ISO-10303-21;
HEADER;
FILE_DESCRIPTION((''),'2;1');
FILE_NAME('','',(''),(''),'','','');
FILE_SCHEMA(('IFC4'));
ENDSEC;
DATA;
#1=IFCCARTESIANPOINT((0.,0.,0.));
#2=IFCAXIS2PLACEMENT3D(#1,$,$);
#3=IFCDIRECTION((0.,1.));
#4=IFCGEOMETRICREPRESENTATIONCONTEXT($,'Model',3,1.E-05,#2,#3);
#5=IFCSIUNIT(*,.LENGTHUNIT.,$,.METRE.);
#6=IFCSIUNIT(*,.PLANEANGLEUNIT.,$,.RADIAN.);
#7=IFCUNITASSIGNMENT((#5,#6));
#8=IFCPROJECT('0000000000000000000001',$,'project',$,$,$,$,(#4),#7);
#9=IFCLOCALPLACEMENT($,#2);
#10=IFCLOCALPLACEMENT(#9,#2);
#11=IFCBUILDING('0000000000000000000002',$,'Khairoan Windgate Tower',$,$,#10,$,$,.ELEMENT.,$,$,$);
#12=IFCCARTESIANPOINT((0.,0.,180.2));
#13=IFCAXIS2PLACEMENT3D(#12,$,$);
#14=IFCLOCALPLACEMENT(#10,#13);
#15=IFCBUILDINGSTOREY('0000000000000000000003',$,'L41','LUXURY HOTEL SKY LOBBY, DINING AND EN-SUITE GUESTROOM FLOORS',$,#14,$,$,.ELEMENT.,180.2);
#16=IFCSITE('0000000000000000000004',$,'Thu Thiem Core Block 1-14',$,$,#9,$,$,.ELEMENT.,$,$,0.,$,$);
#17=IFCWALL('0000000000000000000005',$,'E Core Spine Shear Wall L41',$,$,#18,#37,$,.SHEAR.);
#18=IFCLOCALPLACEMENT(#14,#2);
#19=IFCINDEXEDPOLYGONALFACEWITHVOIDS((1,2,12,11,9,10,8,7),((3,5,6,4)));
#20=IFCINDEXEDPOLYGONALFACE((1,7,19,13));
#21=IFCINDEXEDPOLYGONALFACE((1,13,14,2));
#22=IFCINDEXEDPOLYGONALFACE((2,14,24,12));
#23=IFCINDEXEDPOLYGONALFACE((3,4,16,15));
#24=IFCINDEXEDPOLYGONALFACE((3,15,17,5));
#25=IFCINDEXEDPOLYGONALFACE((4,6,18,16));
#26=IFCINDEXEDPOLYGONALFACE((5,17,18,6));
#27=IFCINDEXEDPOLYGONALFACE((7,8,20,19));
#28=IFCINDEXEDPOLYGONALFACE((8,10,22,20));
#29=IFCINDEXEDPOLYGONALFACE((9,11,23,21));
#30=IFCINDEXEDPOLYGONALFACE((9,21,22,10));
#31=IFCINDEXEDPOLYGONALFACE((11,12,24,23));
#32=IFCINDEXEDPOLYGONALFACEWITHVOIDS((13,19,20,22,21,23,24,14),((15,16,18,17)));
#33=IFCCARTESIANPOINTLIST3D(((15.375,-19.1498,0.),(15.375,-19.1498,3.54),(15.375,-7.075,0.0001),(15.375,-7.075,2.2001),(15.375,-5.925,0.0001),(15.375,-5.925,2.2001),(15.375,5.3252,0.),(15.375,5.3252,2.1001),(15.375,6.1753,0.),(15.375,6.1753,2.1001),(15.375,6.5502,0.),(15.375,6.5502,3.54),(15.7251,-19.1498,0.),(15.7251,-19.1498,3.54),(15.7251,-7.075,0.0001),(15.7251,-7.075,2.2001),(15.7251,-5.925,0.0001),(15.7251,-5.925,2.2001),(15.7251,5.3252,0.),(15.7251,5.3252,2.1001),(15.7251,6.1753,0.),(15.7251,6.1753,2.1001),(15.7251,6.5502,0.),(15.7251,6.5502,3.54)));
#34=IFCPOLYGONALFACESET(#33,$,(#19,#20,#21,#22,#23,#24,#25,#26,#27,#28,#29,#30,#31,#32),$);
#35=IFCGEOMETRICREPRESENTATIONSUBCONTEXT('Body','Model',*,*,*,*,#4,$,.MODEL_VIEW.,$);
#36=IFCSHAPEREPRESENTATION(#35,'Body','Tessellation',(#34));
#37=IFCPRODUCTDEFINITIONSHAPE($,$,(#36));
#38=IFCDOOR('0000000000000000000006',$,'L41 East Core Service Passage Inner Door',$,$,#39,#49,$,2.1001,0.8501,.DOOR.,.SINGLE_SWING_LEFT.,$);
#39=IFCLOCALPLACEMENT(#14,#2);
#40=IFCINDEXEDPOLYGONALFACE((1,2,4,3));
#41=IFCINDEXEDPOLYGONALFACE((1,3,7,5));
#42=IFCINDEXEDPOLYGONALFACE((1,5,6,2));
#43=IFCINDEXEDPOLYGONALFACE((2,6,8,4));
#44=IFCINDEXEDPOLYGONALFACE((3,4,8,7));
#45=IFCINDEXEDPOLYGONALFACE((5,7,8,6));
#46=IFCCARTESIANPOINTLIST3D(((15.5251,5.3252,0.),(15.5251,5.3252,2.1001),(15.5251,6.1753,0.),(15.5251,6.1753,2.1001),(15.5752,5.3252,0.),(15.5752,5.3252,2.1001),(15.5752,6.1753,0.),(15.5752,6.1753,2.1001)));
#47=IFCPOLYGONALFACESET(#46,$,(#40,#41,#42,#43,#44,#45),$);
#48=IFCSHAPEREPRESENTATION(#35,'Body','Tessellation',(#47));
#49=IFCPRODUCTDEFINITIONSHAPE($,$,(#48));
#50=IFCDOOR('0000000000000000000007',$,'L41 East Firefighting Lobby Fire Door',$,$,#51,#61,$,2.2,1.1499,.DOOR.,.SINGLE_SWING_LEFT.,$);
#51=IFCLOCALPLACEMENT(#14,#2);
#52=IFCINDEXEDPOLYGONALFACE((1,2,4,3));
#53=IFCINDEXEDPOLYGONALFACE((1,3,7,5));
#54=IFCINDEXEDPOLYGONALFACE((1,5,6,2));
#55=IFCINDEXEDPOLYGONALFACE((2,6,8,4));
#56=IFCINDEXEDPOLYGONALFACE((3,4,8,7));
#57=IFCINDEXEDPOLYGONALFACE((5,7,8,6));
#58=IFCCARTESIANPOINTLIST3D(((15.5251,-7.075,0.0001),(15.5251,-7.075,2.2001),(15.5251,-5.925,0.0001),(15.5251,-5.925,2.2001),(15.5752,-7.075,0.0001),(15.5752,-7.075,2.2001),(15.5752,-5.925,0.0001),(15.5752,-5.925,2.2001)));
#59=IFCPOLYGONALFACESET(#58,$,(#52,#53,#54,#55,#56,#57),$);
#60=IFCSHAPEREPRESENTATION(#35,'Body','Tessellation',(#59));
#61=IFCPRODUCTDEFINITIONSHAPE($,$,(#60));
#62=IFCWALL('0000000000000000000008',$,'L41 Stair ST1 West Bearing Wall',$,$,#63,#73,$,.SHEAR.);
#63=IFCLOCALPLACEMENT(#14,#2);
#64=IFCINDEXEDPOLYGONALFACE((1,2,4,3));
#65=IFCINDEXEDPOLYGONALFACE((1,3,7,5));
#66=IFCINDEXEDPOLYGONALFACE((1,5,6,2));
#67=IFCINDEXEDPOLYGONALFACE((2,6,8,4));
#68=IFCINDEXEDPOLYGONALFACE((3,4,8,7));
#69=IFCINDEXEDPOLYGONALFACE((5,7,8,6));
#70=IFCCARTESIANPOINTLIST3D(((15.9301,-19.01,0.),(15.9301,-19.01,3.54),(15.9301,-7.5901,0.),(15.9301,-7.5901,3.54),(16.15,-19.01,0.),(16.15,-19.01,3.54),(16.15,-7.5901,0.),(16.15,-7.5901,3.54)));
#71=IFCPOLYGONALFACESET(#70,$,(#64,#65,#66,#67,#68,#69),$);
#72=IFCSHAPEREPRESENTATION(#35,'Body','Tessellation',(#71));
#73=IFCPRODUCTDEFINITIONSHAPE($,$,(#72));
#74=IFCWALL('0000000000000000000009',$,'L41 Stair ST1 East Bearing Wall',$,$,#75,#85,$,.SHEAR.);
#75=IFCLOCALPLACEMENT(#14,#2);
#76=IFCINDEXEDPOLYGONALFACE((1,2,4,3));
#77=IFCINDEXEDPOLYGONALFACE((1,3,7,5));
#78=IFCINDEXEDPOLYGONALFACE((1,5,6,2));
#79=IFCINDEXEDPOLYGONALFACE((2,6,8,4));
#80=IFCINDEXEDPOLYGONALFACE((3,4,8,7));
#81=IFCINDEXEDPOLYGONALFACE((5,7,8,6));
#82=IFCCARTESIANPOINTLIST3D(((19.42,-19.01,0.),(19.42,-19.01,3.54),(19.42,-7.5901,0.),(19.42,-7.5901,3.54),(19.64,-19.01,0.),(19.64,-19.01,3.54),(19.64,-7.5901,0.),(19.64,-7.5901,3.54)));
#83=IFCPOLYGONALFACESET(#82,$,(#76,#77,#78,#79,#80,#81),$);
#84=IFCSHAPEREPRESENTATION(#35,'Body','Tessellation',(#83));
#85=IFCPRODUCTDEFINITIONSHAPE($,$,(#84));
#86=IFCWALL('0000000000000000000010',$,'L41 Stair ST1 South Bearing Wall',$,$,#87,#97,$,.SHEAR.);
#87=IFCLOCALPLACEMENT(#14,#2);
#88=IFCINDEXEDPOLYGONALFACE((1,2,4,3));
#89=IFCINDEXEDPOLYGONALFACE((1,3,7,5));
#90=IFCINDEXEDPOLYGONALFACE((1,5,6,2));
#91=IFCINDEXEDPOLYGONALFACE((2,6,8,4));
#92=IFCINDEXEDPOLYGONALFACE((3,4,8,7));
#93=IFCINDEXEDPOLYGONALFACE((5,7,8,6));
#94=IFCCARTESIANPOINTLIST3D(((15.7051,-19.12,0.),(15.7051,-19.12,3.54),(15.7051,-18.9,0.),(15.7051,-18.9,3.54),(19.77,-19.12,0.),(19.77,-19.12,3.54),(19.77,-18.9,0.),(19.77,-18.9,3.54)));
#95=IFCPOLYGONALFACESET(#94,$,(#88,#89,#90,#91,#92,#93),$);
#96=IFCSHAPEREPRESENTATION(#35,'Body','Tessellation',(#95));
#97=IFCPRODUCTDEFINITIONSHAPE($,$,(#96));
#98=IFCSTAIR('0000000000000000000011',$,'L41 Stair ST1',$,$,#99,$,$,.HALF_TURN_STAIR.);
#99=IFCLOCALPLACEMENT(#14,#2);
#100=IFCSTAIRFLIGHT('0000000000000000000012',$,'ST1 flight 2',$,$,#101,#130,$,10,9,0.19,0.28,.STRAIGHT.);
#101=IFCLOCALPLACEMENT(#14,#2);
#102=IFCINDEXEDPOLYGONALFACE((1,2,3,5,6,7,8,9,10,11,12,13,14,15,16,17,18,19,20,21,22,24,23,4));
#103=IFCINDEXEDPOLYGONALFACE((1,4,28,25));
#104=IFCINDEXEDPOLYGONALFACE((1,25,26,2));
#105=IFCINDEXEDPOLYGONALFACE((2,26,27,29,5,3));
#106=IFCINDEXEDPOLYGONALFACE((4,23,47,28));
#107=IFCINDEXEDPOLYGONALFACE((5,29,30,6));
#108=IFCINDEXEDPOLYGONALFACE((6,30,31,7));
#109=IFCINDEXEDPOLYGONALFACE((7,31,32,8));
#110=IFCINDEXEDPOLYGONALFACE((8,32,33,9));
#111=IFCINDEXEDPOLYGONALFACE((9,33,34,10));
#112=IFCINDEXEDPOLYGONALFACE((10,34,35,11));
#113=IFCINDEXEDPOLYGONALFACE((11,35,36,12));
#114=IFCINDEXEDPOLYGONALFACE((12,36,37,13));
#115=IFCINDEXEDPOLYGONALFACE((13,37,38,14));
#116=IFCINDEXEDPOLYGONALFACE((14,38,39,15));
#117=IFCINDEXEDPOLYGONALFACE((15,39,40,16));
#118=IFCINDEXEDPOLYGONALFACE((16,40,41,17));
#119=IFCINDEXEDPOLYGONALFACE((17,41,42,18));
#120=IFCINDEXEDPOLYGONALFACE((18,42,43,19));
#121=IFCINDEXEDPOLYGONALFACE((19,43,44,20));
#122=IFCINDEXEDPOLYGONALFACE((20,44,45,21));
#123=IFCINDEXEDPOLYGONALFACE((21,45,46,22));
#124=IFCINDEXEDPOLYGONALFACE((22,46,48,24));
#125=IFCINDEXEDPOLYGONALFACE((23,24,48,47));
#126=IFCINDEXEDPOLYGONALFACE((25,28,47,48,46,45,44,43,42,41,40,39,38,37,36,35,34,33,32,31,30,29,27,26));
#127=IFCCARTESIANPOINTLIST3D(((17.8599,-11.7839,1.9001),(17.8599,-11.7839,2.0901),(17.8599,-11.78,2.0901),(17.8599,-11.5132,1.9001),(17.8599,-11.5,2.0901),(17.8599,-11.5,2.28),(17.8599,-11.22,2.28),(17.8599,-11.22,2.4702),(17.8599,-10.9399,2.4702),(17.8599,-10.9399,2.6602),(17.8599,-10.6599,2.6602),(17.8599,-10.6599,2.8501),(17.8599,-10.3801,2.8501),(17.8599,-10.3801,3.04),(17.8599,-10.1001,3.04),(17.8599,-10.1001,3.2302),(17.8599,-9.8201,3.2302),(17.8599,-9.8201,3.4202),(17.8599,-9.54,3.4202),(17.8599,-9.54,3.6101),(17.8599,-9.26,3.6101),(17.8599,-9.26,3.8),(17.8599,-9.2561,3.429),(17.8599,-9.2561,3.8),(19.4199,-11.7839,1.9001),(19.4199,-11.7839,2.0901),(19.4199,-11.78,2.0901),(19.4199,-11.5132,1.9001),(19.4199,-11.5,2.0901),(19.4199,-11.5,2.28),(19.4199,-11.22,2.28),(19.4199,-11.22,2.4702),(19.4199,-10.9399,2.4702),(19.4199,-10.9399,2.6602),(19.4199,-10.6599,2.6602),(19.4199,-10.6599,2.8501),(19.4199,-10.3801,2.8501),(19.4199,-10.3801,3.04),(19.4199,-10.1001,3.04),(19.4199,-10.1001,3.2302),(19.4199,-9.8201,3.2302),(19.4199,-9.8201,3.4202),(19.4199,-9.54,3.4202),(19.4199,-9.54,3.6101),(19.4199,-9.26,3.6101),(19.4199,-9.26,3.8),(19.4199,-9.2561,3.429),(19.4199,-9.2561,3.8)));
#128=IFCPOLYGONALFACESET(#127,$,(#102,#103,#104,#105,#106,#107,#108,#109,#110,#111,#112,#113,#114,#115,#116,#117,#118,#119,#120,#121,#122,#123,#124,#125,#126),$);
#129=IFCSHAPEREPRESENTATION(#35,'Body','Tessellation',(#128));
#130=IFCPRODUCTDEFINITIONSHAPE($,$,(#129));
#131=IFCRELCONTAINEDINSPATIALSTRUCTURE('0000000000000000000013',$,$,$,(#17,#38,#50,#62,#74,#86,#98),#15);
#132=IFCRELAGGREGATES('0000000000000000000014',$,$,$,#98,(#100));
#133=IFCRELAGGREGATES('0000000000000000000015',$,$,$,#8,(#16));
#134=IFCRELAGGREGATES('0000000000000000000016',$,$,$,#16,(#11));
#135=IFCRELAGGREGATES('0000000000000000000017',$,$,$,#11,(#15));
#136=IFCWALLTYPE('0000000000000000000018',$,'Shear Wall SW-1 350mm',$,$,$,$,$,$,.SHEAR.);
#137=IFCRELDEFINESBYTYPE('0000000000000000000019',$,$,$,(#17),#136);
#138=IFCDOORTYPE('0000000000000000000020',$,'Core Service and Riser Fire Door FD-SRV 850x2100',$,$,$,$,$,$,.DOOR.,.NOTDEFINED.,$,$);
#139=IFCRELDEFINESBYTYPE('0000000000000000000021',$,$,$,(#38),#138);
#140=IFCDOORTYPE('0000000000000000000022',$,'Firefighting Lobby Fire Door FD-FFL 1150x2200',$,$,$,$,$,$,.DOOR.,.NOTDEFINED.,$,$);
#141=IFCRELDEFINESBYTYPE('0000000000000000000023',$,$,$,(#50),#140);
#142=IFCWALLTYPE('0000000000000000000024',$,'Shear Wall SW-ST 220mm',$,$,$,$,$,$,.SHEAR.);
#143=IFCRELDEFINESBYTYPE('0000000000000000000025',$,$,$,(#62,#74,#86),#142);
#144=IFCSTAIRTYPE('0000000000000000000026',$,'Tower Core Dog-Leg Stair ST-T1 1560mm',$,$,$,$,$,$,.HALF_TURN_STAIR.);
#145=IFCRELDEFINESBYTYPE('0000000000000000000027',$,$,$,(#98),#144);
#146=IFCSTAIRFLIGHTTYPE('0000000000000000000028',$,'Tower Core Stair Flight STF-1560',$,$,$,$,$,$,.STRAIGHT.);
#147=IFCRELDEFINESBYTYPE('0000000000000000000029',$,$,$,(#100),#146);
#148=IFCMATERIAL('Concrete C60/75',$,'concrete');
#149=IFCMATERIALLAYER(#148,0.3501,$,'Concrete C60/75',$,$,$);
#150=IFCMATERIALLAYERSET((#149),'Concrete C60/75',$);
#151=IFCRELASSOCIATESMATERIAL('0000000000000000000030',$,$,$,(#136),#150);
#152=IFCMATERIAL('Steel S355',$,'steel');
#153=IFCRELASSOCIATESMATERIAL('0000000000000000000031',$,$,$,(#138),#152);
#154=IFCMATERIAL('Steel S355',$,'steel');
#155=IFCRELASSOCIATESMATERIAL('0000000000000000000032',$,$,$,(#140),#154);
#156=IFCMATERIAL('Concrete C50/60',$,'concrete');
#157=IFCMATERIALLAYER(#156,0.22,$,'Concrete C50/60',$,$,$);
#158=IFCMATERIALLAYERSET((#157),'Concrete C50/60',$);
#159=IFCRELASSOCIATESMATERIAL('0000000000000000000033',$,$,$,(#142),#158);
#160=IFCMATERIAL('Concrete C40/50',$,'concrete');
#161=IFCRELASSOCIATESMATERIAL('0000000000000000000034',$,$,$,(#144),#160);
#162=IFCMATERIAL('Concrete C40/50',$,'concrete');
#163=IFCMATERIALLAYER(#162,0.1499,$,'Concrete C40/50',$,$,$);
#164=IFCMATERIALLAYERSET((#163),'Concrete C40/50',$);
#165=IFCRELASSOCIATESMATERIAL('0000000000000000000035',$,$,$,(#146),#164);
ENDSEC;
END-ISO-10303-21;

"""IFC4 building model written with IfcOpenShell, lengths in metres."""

from ifc_helpers import new_model, si_unit, direction, frame, frame_2d, origin, place, context, subcontext, project, spatial, polyline, rectangle, outline, extrude, material, layer, layer_set, type_object, element, fill, aggregate, save


model = new_model("IFC4")

# Units and contexts
model_context = context("Model", 3, precision=1e-05, world=origin(), true_north=direction((0.0, 1.0)))
body_context = subcontext(model_context, "Body", "Model", "MODEL_VIEW")
ifc_project = project(units=[si_unit("LENGTHUNIT", "METRE"), si_unit("PLANEANGLEUNIT", "RADIAN")], contexts=[model_context])

# Site, building, storey
site_placement = place(None, origin())
site = spatial("IfcSite", under=ifc_project, at=site_placement, Name="Thu Thiem Core Block 1-14", CompositionType="ELEMENT", RefElevation=0.0)
building_placement = place(site_placement, origin())
building = spatial("IfcBuilding", under=site, at=building_placement, Name="Khairoan Windgate Tower", CompositionType="ELEMENT")
storey_placement = place(building_placement, frame((0.0, 0.0, 180.2)))
storey = spatial("IfcBuildingStorey", under=building, at=storey_placement, Name="L41", Description="LUXURY HOTEL SKY LOBBY, DINING AND EN-SUITE GUESTROOM FLOORS", CompositionType="ELEMENT", Elevation=180.2)

# Wall, openings, doors
ifc_material_1 = material(Name="Concrete C60/75", Category="concrete")
ifc_layer_1 = layer(ifc_material_1, 0.3501, Name="Concrete C60/75")
ifc_layer_set_1 = layer_set([ifc_layer_1], Name="Concrete C60/75")
wall_type_1 = type_object("IfcWallType", Name="Shear Wall SW-1 350mm", PredefinedType="SHEAR", material=ifc_layer_set_1)
wall_1_placement = place(storey_placement, frame((15.55, -19.1499, 0.0), z_axis=(0.0, 0.0, 1.0), x_axis=(0.0, 1.0, 0.0)))
wall_1 = element("IfcWall", 1, at=wall_1_placement, inside=storey, type_object=wall_type_1, Name="E Core Spine Shear Wall L41", PredefinedType="SHEAR", context=body_context, shape_type="SweptSolid", body=[
    extrude(rectangle(XDim=25.7, YDim=0.3501, at=frame_2d((12.8501, 0.0))), origin(), (0.0, 0.0, 1.0), 3.54),
])
opening_1_placement = place(wall_1_placement, frame((12.075, 0.0, 0.0)))
opening_1 = element("IfcOpeningElement", 2, at=opening_1_placement, cuts=wall_1, PredefinedType="OPENING", context=body_context, shape_type="SweptSolid", body=[
    extrude(rectangle(XDim=1.1499, YDim=2.2, at=frame_2d((0.575, 1.1001))), frame((0.0, 0.1851, 0.0), z_axis=(0.0, -1.0, 0.0), x_axis=(1.0, 0.0, 0.0)), (0.0, 0.0, 1.0), 0.3701),
])
opening_2_placement = place(wall_1_placement, frame((24.4751, 0.0, 0.0)))
opening_2 = element("IfcOpeningElement", 3, at=opening_2_placement, cuts=wall_1, PredefinedType="OPENING", context=body_context, shape_type="SweptSolid", body=[
    extrude(rectangle(XDim=0.8501, YDim=2.1001, at=frame_2d((0.425, 1.05))), frame((0.0, 0.1851, 0.0), z_axis=(0.0, -1.0, 0.0), x_axis=(1.0, 0.0, 0.0)), (0.0, 0.0, 1.0), 0.3701),
])
ifc_material_2 = material(Name="Steel S355", Category="steel")
door_type_1 = type_object("IfcDoorType", Name="Core Service and Riser Fire Door FD-SRV 850x2100", OperationType="NOTDEFINED", PredefinedType="DOOR", material=ifc_material_2)
door_1_placement = place(opening_2_placement, origin())
door_1 = element("IfcDoor", 4, at=door_1_placement, inside=storey, type_object=door_type_1, Name="L41 East Core Service Passage Inner Door", OperationType="SINGLE_SWING_LEFT", OverallHeight=2.1001, OverallWidth=0.8501, PredefinedType="DOOR", context=body_context, shape_type="SweptSolid", body=[
    extrude(rectangle(XDim=0.8501, YDim=2.1001, at=frame_2d((0.425, 1.05))), frame((0.0, 0.0249, 0.0), z_axis=(0.0, -1.0, 0.0), x_axis=(1.0, 0.0, 0.0)), (0.0, 0.0, 1.0), 0.05),
])
fill(opening_2, door_1)
ifc_material_3 = material(Name="Steel S355", Category="steel")
door_type_2 = type_object("IfcDoorType", Name="Firefighting Lobby Fire Door FD-FFL 1150x2200", OperationType="NOTDEFINED", PredefinedType="DOOR", material=ifc_material_3)
door_2_placement = place(opening_1_placement, origin())
door_2 = element("IfcDoor", 5, at=door_2_placement, inside=storey, type_object=door_type_2, Name="L41 East Firefighting Lobby Fire Door", OperationType="SINGLE_SWING_LEFT", OverallHeight=2.2, OverallWidth=1.1499, PredefinedType="DOOR", context=body_context, shape_type="SweptSolid", body=[
    extrude(rectangle(XDim=1.1499, YDim=2.2, at=frame_2d((0.575, 1.1001))), frame((0.0, 0.0249, 0.0), z_axis=(0.0, -1.0, 0.0), x_axis=(1.0, 0.0, 0.0)), (0.0, 0.0, 1.0), 0.05),
])
fill(opening_1, door_2)

# Walls
ifc_material_4 = material(Name="Concrete C50/60", Category="concrete")
ifc_layer_2 = layer(ifc_material_4, 0.22, Name="Concrete C50/60")
ifc_layer_set_2 = layer_set([ifc_layer_2], Name="Concrete C50/60")
wall_type_2 = type_object("IfcWallType", Name="Shear Wall SW-ST 220mm", PredefinedType="SHEAR", material=ifc_layer_set_2)
for number, where, z_axis, x_axis, name in (
    (6, (16.04, -19.01, 0.0), (0.0, 0.0, 1.0), (0.0, 1.0, 0.0), "L41 Stair ST1 West Bearing Wall"),
    (7, (19.53, -19.01, 0.0), (0.0, 0.0, 1.0), (0.0, 1.0, 0.0), "L41 Stair ST1 East Bearing Wall"),
):
    element("IfcWall", number, at=place(storey_placement, frame(where, z_axis=z_axis, x_axis=x_axis)), inside=storey, type_object=wall_type_2, Name=name, PredefinedType="SHEAR", context=body_context, shape_type="SweptSolid", body=[
        extrude(rectangle(XDim=11.4199, YDim=0.22, at=frame_2d((5.71, 0.0))), origin(), (0.0, 0.0, 1.0), 3.54),
    ])
wall_2_placement = place(storey_placement, frame((15.7051, -19.01, 0.0), z_axis=(0.0, 0.0, 1.0), x_axis=(1.0, 0.0, 0.0)))
element("IfcWall", 8, at=wall_2_placement, inside=storey, type_object=wall_type_2, Name="L41 Stair ST1 South Bearing Wall", PredefinedType="SHEAR", context=body_context, shape_type="SweptSolid", body=[
    extrude(rectangle(XDim=4.0649, YDim=0.22, at=frame_2d((2.0325, 0.0))), origin(), (0.0, 0.0, 1.0), 3.54),
])

# Stair, stair flight
ifc_material_5 = material(Name="Concrete C40/50", Category="concrete")
stair_type = type_object("IfcStairType", Name="Tower Core Dog-Leg Stair ST-T1 1560mm", PredefinedType="HALF_TURN_STAIR", material=ifc_material_5)
stair_placement = place(storey_placement, origin())
stair = element("IfcStair", 9, at=stair_placement, inside=storey, type_object=stair_type, Name="L41 Stair ST1", PredefinedType="HALF_TURN_STAIR")
ifc_material_6 = material(Name="Concrete C40/50", Category="concrete")
ifc_layer_3 = layer(ifc_material_6, 0.1499, Name="Concrete C40/50")
ifc_layer_set_3 = layer_set([ifc_layer_3], Name="Concrete C40/50")
stair_flight_type = type_object("IfcStairFlightType", Name="Tower Core Stair Flight STF-1560", PredefinedType="STRAIGHT", material=ifc_layer_set_3)
stair_flight_placement = place(storey_placement, frame((18.6399, -11.78, 1.9001), z_axis=(0.0, 0.0, 1.0), x_axis=(0.0, 1.0, 0.0)))
stair_flight = element("IfcStairFlight", 10, at=stair_flight_placement, type_object=stair_flight_type, Name="ST1 flight 2", NumberOfRisers=10, NumberOfTreads=9, PredefinedType="STRAIGHT", RiserHeight=0.19, TreadLength=0.28, context=body_context, shape_type="SweptSolid", body=[
    extrude(outline(polyline([(-0.0039, 0.0), (-0.0039, 0.1899), (0.0, 0.1899), (0.28, 0.1899), (0.28, 0.3799), (0.5601, 0.3799), (0.5601, 0.5701), (0.8401, 0.5701), (0.8401, 0.76), (1.1201, 0.76), (1.1201, 0.95), (1.3999, 0.95), (1.3999, 1.1399), (1.6799, 1.1399), (1.6799, 1.3301), (1.96, 1.3301), (1.96, 1.52), (2.24, 1.52), (2.24, 1.71), (2.52, 1.71), (2.52, 1.8999), (2.5239, 1.8999), (2.5239, 1.5288), (0.2668, 0.0), (-0.0039, 0.0)])), frame((0.0, 0.78, 0.0), z_axis=(0.0, -1.0, 0.0), x_axis=(1.0, 0.0, 0.0)), (0.0, 0.0, 1.0), 1.5601),
])
aggregate(stair, [stair_flight])

save(model, "model.ifc")
